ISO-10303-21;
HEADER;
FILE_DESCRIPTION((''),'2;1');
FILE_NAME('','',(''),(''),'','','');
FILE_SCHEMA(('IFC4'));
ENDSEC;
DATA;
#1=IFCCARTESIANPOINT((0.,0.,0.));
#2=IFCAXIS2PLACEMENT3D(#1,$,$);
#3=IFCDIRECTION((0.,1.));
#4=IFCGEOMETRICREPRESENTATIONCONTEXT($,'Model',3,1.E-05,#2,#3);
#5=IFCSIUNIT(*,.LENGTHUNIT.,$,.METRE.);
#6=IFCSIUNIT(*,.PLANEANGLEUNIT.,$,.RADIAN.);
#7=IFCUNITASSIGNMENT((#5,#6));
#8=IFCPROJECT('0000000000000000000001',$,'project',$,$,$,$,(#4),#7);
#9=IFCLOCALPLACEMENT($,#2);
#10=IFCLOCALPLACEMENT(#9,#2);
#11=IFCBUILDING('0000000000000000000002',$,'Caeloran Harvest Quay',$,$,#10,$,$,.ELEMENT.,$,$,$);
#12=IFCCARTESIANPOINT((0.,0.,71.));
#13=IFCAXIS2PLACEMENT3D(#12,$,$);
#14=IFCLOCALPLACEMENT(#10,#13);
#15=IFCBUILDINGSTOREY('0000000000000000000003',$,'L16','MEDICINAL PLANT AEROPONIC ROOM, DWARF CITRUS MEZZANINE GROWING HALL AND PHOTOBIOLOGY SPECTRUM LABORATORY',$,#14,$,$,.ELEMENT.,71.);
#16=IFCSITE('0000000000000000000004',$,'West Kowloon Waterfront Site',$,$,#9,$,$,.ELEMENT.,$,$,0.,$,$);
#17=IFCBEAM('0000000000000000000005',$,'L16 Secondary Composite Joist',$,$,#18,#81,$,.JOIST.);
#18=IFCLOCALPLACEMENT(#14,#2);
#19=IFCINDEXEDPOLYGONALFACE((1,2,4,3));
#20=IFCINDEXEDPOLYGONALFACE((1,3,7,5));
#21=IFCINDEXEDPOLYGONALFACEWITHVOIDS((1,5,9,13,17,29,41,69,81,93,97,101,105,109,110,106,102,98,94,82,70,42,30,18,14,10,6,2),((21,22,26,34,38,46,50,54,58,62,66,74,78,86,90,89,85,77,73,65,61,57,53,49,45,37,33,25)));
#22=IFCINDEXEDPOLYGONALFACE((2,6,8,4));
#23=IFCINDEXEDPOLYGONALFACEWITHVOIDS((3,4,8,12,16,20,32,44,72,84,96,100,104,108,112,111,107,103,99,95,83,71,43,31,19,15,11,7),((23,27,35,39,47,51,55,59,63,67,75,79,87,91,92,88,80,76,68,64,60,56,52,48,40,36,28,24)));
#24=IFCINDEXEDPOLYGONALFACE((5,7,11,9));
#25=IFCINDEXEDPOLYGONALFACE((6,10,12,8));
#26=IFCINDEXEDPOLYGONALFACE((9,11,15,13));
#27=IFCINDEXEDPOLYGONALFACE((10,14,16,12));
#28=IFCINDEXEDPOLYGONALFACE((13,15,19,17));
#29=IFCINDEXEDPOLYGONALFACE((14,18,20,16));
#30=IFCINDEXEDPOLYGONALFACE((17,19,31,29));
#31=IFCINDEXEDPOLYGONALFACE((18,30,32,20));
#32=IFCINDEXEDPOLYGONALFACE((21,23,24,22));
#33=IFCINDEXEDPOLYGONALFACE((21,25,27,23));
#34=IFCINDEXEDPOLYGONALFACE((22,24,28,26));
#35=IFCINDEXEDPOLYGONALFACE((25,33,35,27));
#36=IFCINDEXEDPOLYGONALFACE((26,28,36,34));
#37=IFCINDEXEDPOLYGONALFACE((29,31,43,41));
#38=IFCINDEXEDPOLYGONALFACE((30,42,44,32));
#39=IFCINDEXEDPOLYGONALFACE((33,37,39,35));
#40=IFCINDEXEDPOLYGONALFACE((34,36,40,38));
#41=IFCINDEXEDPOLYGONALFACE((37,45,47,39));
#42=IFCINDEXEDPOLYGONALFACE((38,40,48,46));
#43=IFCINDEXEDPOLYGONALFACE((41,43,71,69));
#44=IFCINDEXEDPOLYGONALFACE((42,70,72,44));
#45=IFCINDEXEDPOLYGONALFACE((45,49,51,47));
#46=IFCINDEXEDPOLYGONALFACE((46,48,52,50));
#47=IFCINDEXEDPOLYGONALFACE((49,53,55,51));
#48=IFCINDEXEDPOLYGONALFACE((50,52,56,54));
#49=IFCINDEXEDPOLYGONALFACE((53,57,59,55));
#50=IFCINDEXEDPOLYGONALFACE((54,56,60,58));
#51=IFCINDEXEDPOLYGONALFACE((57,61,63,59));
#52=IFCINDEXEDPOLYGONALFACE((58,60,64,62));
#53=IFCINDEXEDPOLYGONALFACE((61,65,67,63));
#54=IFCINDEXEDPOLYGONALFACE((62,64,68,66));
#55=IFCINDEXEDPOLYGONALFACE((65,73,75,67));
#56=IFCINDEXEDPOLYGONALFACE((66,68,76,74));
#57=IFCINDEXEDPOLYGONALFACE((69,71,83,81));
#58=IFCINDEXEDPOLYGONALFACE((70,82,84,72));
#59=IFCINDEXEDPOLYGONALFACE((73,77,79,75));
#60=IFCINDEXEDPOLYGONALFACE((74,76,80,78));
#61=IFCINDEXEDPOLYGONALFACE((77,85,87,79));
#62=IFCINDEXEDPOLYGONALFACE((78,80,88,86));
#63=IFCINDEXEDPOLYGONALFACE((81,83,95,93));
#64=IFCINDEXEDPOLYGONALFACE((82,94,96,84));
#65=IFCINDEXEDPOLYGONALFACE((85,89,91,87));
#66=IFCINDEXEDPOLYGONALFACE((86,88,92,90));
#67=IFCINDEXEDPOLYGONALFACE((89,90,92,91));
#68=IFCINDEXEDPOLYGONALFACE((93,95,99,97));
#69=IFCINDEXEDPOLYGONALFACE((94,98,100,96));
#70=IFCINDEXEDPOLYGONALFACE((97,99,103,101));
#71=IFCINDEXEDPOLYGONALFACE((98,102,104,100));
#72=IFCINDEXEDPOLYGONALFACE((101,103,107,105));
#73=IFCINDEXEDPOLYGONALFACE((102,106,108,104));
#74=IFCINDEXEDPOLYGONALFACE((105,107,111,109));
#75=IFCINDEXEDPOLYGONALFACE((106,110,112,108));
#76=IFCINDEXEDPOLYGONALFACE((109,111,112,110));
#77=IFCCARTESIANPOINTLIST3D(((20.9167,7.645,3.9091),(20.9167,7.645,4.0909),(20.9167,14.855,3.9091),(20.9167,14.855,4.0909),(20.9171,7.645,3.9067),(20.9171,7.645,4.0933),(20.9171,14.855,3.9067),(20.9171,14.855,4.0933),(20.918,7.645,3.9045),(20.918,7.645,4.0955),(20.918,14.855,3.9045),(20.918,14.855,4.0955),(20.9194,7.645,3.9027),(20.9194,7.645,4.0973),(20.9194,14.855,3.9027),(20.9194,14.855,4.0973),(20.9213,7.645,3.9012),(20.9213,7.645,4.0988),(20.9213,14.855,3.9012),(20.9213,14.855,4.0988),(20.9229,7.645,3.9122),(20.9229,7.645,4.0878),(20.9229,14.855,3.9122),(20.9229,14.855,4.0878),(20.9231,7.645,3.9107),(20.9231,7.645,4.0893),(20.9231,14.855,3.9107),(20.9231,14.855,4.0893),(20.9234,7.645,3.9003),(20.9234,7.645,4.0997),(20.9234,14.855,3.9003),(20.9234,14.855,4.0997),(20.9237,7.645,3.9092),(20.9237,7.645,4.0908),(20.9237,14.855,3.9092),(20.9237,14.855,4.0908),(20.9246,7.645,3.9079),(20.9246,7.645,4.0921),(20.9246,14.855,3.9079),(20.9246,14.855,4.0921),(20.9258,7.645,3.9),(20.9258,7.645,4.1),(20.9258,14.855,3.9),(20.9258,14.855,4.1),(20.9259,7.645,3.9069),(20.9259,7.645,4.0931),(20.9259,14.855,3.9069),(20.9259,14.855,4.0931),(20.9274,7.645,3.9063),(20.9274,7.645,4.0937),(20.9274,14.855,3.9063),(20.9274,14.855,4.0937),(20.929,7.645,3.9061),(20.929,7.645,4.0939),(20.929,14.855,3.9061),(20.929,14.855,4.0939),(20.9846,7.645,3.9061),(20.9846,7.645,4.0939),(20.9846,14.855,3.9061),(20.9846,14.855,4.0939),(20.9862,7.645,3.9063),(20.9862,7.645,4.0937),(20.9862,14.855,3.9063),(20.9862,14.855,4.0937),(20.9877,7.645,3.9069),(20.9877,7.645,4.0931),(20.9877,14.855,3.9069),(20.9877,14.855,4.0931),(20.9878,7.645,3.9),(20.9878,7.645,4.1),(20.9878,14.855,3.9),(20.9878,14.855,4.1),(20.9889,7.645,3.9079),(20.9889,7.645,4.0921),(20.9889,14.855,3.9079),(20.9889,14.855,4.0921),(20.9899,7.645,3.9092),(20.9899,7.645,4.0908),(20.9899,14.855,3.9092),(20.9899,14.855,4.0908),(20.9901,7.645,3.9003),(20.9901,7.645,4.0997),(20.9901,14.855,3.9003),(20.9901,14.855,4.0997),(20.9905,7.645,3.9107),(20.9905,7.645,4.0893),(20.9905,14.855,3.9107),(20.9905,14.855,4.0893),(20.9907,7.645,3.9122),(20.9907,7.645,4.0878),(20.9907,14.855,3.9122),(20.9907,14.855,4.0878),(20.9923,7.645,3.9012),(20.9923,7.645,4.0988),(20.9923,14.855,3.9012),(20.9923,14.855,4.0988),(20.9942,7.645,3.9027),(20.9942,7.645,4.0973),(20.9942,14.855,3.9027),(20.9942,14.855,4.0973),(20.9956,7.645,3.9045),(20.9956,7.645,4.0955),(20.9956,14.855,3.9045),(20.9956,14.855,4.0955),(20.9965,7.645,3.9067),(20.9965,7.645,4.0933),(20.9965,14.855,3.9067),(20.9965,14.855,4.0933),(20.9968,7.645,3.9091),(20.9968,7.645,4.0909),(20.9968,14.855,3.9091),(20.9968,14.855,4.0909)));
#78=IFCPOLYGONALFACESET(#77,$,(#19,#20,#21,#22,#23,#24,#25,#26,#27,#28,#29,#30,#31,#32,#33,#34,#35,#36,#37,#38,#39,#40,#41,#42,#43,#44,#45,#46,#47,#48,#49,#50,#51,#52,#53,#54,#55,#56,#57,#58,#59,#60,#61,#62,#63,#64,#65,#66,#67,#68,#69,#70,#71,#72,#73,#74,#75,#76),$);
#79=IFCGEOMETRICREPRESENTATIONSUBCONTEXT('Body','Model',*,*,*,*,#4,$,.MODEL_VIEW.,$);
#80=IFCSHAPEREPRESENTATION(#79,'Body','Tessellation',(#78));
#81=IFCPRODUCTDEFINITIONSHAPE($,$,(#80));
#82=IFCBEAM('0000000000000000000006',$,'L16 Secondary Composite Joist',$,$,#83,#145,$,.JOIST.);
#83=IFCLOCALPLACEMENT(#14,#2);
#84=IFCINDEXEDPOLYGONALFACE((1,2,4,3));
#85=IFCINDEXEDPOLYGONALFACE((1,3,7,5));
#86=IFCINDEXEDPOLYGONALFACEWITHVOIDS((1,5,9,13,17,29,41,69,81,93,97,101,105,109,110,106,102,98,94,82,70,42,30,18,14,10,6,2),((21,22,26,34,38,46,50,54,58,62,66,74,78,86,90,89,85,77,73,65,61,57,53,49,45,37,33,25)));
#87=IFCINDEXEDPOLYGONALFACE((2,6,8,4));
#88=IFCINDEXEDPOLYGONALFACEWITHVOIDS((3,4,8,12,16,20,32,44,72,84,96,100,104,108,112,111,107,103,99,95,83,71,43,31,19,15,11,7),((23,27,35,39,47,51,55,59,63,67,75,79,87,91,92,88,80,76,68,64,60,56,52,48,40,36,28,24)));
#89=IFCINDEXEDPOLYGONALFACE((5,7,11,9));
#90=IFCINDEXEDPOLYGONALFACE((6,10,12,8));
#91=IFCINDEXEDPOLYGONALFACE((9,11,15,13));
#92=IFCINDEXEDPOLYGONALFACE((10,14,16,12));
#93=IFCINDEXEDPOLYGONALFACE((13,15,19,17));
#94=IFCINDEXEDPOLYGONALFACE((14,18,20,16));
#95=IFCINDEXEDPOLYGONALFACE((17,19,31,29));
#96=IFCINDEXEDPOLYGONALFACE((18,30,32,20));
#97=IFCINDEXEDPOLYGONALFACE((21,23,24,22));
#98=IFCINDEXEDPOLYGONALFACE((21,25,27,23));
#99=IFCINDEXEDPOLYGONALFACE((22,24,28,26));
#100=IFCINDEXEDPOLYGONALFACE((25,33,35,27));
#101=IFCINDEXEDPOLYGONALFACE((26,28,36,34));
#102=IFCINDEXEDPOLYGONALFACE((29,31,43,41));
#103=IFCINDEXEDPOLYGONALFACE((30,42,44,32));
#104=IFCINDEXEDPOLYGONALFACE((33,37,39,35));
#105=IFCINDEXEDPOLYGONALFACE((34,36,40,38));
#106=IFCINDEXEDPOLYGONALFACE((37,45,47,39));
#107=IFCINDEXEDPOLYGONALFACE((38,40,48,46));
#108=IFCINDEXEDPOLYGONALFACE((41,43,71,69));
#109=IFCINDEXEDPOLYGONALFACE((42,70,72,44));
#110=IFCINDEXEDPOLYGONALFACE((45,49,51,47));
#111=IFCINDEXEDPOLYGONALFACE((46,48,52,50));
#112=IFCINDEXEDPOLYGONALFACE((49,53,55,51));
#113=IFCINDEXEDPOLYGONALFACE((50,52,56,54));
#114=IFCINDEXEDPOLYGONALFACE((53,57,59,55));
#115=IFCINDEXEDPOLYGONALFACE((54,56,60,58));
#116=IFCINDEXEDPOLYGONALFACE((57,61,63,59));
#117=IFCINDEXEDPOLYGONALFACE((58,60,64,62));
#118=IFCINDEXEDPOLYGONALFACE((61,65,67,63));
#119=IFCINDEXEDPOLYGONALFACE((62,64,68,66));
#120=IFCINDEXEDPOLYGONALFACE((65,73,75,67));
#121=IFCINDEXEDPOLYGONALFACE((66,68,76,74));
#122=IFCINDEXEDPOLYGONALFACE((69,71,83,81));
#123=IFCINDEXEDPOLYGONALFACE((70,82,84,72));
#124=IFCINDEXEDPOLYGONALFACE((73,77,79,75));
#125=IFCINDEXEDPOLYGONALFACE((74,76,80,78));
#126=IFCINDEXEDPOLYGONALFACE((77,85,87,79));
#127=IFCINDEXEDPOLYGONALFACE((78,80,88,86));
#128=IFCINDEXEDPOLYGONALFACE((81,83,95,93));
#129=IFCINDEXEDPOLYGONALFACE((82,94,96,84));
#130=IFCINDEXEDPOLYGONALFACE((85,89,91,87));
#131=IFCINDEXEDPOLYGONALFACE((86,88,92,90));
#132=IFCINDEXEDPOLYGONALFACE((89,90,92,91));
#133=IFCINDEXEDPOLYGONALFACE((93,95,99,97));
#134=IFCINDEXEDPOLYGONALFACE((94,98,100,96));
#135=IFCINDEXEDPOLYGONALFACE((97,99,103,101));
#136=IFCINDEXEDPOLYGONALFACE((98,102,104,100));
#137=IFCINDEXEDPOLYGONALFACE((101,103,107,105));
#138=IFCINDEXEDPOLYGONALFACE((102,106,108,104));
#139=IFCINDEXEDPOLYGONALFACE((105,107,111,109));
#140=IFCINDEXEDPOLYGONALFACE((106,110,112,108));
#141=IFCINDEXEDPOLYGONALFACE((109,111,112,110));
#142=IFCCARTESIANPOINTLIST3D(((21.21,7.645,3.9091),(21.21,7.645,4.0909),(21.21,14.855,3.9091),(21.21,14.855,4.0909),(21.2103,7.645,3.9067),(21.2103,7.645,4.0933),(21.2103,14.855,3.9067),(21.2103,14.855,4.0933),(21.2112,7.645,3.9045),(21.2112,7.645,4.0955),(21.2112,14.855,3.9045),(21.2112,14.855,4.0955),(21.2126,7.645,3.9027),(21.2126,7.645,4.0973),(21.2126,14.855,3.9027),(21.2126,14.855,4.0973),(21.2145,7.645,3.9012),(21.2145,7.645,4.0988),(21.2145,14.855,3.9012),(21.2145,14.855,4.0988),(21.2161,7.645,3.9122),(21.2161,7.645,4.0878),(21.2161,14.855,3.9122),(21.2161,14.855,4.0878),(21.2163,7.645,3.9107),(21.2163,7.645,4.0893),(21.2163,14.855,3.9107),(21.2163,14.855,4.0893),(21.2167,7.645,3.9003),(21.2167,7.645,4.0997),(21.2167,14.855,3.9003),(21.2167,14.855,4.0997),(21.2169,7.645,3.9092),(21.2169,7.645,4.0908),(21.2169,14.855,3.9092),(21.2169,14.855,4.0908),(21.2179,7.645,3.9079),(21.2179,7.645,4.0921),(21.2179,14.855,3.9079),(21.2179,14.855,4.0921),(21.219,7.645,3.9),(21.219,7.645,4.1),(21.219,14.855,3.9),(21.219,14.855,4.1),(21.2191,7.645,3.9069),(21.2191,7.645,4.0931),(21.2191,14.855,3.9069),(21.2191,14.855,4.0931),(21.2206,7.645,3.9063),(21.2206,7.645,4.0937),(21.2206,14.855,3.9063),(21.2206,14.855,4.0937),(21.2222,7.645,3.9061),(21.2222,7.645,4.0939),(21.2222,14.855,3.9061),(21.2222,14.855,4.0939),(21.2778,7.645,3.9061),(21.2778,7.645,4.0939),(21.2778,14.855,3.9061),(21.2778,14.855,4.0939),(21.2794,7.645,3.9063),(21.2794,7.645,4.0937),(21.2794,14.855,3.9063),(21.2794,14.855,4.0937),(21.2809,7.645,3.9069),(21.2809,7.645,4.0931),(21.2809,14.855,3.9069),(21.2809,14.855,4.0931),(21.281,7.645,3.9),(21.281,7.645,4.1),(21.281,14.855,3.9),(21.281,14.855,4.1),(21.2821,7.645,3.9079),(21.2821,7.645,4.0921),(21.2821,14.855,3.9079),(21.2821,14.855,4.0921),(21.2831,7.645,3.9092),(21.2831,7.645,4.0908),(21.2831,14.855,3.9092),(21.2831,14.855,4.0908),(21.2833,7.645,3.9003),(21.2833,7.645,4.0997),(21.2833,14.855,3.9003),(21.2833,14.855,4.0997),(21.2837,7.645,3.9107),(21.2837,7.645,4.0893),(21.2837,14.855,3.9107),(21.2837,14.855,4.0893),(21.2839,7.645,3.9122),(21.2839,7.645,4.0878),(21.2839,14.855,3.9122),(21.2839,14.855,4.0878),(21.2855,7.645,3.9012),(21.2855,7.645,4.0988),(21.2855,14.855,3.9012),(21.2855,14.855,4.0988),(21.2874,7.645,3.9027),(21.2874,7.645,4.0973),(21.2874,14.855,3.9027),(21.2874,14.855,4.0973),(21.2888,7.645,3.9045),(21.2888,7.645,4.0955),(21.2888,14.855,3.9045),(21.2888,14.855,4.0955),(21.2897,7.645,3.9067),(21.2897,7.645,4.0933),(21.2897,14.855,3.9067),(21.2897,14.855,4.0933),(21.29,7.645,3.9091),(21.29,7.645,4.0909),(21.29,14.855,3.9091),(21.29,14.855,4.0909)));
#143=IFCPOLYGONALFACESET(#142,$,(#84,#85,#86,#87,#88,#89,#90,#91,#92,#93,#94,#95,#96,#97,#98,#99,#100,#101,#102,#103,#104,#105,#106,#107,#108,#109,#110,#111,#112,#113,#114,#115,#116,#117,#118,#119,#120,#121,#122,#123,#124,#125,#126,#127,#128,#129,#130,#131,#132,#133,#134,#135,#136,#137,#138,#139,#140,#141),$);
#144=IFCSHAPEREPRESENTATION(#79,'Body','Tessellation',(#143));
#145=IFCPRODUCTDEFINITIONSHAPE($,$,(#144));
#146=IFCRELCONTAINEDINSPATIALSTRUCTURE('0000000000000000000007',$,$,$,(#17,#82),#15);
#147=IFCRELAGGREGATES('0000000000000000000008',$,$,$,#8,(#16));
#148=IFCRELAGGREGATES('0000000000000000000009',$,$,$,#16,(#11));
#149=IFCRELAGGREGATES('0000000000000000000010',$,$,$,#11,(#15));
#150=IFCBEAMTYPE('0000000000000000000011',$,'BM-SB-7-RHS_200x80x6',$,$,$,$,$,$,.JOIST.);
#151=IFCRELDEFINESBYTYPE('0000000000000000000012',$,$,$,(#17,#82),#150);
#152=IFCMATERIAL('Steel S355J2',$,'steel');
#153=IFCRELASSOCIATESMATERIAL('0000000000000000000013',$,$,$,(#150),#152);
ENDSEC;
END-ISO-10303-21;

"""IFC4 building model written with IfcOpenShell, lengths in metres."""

from ifc_helpers import new_model, si_unit, direction, frame, origin, origin_2d, place, context, subcontext, project, spatial, hollow_rectangle, extrude, material, material_profile, profile_set, type_object, element, save


model = new_model("IFC4")

# Units and contexts
model_context = context("Model", 3, precision=1e-05, world=origin(), true_north=direction((0.0, 1.0)))
body_context = subcontext(model_context, "Body", "Model", "MODEL_VIEW")
ifc_project = project(units=[si_unit("LENGTHUNIT", "METRE"), si_unit("PLANEANGLEUNIT", "RADIAN")], contexts=[model_context])

# Site, building, storey
site_placement = place(None, origin())
site = spatial("IfcSite", under=ifc_project, at=site_placement, Name="West Kowloon Waterfront Site", CompositionType="ELEMENT", RefElevation=0.0)
building_placement = place(site_placement, origin())
building = spatial("IfcBuilding", under=site, at=building_placement, Name="Caeloran Harvest Quay", CompositionType="ELEMENT")
storey_placement = place(building_placement, frame((0.0, 0.0, 71.0)))
storey = spatial("IfcBuildingStorey", under=building, at=storey_placement, Name="L16", Description="MEDICINAL PLANT AEROPONIC ROOM, DWARF CITRUS MEZZANINE GROWING HALL AND PHOTOBIOLOGY SPECTRUM LABORATORY", CompositionType="ELEMENT", Elevation=71.0)

# Beams
ifc_material_1 = material(Name="Steel S355J2", Category="steel")
ifc_material_profile_1 = material_profile(ifc_material_1, hollow_rectangle(XDim=0.0801, YDim=0.2, WallThickness=0.0061, InnerFilletRadius=0.0061, OuterFilletRadius=0.009, at=origin_2d()), Name="RHS 200x80x6")
ifc_profile_set_1 = profile_set([ifc_material_profile_1], Name="Steel S355J2")
beam_type_1 = type_object("IfcBeamType", Name="BM-SB-7-RHS_200x80x6", PredefinedType="JOIST", material=ifc_profile_set_1)
for number, where, z_axis, x_axis, name in (
    (1, (20.9568, 7.645, 4.0), (0.0, 1.0, 0.0), (-1.0, 0.0, 0.0), "L16 Secondary Composite Joist"),
    (2, (21.25, 7.645, 4.0), (0.0, 1.0, 0.0), (-1.0, 0.0, 0.0), "L16 Secondary Composite Joist"),
):
    element("IfcBeam", number, at=place(storey_placement, frame(where, z_axis=z_axis, x_axis=x_axis)), inside=storey, type_object=beam_type_1, Name=name, PredefinedType="JOIST", context=body_context, shape_type="SweptSolid", body=[
        extrude(hollow_rectangle(XDim=0.0801, YDim=0.2, WallThickness=0.0061, InnerFilletRadius=0.0061, OuterFilletRadius=0.009, at=origin_2d()), origin(), (0.0, 0.0, 1.0), 7.21),
    ])

save(model, "model.ifc")
